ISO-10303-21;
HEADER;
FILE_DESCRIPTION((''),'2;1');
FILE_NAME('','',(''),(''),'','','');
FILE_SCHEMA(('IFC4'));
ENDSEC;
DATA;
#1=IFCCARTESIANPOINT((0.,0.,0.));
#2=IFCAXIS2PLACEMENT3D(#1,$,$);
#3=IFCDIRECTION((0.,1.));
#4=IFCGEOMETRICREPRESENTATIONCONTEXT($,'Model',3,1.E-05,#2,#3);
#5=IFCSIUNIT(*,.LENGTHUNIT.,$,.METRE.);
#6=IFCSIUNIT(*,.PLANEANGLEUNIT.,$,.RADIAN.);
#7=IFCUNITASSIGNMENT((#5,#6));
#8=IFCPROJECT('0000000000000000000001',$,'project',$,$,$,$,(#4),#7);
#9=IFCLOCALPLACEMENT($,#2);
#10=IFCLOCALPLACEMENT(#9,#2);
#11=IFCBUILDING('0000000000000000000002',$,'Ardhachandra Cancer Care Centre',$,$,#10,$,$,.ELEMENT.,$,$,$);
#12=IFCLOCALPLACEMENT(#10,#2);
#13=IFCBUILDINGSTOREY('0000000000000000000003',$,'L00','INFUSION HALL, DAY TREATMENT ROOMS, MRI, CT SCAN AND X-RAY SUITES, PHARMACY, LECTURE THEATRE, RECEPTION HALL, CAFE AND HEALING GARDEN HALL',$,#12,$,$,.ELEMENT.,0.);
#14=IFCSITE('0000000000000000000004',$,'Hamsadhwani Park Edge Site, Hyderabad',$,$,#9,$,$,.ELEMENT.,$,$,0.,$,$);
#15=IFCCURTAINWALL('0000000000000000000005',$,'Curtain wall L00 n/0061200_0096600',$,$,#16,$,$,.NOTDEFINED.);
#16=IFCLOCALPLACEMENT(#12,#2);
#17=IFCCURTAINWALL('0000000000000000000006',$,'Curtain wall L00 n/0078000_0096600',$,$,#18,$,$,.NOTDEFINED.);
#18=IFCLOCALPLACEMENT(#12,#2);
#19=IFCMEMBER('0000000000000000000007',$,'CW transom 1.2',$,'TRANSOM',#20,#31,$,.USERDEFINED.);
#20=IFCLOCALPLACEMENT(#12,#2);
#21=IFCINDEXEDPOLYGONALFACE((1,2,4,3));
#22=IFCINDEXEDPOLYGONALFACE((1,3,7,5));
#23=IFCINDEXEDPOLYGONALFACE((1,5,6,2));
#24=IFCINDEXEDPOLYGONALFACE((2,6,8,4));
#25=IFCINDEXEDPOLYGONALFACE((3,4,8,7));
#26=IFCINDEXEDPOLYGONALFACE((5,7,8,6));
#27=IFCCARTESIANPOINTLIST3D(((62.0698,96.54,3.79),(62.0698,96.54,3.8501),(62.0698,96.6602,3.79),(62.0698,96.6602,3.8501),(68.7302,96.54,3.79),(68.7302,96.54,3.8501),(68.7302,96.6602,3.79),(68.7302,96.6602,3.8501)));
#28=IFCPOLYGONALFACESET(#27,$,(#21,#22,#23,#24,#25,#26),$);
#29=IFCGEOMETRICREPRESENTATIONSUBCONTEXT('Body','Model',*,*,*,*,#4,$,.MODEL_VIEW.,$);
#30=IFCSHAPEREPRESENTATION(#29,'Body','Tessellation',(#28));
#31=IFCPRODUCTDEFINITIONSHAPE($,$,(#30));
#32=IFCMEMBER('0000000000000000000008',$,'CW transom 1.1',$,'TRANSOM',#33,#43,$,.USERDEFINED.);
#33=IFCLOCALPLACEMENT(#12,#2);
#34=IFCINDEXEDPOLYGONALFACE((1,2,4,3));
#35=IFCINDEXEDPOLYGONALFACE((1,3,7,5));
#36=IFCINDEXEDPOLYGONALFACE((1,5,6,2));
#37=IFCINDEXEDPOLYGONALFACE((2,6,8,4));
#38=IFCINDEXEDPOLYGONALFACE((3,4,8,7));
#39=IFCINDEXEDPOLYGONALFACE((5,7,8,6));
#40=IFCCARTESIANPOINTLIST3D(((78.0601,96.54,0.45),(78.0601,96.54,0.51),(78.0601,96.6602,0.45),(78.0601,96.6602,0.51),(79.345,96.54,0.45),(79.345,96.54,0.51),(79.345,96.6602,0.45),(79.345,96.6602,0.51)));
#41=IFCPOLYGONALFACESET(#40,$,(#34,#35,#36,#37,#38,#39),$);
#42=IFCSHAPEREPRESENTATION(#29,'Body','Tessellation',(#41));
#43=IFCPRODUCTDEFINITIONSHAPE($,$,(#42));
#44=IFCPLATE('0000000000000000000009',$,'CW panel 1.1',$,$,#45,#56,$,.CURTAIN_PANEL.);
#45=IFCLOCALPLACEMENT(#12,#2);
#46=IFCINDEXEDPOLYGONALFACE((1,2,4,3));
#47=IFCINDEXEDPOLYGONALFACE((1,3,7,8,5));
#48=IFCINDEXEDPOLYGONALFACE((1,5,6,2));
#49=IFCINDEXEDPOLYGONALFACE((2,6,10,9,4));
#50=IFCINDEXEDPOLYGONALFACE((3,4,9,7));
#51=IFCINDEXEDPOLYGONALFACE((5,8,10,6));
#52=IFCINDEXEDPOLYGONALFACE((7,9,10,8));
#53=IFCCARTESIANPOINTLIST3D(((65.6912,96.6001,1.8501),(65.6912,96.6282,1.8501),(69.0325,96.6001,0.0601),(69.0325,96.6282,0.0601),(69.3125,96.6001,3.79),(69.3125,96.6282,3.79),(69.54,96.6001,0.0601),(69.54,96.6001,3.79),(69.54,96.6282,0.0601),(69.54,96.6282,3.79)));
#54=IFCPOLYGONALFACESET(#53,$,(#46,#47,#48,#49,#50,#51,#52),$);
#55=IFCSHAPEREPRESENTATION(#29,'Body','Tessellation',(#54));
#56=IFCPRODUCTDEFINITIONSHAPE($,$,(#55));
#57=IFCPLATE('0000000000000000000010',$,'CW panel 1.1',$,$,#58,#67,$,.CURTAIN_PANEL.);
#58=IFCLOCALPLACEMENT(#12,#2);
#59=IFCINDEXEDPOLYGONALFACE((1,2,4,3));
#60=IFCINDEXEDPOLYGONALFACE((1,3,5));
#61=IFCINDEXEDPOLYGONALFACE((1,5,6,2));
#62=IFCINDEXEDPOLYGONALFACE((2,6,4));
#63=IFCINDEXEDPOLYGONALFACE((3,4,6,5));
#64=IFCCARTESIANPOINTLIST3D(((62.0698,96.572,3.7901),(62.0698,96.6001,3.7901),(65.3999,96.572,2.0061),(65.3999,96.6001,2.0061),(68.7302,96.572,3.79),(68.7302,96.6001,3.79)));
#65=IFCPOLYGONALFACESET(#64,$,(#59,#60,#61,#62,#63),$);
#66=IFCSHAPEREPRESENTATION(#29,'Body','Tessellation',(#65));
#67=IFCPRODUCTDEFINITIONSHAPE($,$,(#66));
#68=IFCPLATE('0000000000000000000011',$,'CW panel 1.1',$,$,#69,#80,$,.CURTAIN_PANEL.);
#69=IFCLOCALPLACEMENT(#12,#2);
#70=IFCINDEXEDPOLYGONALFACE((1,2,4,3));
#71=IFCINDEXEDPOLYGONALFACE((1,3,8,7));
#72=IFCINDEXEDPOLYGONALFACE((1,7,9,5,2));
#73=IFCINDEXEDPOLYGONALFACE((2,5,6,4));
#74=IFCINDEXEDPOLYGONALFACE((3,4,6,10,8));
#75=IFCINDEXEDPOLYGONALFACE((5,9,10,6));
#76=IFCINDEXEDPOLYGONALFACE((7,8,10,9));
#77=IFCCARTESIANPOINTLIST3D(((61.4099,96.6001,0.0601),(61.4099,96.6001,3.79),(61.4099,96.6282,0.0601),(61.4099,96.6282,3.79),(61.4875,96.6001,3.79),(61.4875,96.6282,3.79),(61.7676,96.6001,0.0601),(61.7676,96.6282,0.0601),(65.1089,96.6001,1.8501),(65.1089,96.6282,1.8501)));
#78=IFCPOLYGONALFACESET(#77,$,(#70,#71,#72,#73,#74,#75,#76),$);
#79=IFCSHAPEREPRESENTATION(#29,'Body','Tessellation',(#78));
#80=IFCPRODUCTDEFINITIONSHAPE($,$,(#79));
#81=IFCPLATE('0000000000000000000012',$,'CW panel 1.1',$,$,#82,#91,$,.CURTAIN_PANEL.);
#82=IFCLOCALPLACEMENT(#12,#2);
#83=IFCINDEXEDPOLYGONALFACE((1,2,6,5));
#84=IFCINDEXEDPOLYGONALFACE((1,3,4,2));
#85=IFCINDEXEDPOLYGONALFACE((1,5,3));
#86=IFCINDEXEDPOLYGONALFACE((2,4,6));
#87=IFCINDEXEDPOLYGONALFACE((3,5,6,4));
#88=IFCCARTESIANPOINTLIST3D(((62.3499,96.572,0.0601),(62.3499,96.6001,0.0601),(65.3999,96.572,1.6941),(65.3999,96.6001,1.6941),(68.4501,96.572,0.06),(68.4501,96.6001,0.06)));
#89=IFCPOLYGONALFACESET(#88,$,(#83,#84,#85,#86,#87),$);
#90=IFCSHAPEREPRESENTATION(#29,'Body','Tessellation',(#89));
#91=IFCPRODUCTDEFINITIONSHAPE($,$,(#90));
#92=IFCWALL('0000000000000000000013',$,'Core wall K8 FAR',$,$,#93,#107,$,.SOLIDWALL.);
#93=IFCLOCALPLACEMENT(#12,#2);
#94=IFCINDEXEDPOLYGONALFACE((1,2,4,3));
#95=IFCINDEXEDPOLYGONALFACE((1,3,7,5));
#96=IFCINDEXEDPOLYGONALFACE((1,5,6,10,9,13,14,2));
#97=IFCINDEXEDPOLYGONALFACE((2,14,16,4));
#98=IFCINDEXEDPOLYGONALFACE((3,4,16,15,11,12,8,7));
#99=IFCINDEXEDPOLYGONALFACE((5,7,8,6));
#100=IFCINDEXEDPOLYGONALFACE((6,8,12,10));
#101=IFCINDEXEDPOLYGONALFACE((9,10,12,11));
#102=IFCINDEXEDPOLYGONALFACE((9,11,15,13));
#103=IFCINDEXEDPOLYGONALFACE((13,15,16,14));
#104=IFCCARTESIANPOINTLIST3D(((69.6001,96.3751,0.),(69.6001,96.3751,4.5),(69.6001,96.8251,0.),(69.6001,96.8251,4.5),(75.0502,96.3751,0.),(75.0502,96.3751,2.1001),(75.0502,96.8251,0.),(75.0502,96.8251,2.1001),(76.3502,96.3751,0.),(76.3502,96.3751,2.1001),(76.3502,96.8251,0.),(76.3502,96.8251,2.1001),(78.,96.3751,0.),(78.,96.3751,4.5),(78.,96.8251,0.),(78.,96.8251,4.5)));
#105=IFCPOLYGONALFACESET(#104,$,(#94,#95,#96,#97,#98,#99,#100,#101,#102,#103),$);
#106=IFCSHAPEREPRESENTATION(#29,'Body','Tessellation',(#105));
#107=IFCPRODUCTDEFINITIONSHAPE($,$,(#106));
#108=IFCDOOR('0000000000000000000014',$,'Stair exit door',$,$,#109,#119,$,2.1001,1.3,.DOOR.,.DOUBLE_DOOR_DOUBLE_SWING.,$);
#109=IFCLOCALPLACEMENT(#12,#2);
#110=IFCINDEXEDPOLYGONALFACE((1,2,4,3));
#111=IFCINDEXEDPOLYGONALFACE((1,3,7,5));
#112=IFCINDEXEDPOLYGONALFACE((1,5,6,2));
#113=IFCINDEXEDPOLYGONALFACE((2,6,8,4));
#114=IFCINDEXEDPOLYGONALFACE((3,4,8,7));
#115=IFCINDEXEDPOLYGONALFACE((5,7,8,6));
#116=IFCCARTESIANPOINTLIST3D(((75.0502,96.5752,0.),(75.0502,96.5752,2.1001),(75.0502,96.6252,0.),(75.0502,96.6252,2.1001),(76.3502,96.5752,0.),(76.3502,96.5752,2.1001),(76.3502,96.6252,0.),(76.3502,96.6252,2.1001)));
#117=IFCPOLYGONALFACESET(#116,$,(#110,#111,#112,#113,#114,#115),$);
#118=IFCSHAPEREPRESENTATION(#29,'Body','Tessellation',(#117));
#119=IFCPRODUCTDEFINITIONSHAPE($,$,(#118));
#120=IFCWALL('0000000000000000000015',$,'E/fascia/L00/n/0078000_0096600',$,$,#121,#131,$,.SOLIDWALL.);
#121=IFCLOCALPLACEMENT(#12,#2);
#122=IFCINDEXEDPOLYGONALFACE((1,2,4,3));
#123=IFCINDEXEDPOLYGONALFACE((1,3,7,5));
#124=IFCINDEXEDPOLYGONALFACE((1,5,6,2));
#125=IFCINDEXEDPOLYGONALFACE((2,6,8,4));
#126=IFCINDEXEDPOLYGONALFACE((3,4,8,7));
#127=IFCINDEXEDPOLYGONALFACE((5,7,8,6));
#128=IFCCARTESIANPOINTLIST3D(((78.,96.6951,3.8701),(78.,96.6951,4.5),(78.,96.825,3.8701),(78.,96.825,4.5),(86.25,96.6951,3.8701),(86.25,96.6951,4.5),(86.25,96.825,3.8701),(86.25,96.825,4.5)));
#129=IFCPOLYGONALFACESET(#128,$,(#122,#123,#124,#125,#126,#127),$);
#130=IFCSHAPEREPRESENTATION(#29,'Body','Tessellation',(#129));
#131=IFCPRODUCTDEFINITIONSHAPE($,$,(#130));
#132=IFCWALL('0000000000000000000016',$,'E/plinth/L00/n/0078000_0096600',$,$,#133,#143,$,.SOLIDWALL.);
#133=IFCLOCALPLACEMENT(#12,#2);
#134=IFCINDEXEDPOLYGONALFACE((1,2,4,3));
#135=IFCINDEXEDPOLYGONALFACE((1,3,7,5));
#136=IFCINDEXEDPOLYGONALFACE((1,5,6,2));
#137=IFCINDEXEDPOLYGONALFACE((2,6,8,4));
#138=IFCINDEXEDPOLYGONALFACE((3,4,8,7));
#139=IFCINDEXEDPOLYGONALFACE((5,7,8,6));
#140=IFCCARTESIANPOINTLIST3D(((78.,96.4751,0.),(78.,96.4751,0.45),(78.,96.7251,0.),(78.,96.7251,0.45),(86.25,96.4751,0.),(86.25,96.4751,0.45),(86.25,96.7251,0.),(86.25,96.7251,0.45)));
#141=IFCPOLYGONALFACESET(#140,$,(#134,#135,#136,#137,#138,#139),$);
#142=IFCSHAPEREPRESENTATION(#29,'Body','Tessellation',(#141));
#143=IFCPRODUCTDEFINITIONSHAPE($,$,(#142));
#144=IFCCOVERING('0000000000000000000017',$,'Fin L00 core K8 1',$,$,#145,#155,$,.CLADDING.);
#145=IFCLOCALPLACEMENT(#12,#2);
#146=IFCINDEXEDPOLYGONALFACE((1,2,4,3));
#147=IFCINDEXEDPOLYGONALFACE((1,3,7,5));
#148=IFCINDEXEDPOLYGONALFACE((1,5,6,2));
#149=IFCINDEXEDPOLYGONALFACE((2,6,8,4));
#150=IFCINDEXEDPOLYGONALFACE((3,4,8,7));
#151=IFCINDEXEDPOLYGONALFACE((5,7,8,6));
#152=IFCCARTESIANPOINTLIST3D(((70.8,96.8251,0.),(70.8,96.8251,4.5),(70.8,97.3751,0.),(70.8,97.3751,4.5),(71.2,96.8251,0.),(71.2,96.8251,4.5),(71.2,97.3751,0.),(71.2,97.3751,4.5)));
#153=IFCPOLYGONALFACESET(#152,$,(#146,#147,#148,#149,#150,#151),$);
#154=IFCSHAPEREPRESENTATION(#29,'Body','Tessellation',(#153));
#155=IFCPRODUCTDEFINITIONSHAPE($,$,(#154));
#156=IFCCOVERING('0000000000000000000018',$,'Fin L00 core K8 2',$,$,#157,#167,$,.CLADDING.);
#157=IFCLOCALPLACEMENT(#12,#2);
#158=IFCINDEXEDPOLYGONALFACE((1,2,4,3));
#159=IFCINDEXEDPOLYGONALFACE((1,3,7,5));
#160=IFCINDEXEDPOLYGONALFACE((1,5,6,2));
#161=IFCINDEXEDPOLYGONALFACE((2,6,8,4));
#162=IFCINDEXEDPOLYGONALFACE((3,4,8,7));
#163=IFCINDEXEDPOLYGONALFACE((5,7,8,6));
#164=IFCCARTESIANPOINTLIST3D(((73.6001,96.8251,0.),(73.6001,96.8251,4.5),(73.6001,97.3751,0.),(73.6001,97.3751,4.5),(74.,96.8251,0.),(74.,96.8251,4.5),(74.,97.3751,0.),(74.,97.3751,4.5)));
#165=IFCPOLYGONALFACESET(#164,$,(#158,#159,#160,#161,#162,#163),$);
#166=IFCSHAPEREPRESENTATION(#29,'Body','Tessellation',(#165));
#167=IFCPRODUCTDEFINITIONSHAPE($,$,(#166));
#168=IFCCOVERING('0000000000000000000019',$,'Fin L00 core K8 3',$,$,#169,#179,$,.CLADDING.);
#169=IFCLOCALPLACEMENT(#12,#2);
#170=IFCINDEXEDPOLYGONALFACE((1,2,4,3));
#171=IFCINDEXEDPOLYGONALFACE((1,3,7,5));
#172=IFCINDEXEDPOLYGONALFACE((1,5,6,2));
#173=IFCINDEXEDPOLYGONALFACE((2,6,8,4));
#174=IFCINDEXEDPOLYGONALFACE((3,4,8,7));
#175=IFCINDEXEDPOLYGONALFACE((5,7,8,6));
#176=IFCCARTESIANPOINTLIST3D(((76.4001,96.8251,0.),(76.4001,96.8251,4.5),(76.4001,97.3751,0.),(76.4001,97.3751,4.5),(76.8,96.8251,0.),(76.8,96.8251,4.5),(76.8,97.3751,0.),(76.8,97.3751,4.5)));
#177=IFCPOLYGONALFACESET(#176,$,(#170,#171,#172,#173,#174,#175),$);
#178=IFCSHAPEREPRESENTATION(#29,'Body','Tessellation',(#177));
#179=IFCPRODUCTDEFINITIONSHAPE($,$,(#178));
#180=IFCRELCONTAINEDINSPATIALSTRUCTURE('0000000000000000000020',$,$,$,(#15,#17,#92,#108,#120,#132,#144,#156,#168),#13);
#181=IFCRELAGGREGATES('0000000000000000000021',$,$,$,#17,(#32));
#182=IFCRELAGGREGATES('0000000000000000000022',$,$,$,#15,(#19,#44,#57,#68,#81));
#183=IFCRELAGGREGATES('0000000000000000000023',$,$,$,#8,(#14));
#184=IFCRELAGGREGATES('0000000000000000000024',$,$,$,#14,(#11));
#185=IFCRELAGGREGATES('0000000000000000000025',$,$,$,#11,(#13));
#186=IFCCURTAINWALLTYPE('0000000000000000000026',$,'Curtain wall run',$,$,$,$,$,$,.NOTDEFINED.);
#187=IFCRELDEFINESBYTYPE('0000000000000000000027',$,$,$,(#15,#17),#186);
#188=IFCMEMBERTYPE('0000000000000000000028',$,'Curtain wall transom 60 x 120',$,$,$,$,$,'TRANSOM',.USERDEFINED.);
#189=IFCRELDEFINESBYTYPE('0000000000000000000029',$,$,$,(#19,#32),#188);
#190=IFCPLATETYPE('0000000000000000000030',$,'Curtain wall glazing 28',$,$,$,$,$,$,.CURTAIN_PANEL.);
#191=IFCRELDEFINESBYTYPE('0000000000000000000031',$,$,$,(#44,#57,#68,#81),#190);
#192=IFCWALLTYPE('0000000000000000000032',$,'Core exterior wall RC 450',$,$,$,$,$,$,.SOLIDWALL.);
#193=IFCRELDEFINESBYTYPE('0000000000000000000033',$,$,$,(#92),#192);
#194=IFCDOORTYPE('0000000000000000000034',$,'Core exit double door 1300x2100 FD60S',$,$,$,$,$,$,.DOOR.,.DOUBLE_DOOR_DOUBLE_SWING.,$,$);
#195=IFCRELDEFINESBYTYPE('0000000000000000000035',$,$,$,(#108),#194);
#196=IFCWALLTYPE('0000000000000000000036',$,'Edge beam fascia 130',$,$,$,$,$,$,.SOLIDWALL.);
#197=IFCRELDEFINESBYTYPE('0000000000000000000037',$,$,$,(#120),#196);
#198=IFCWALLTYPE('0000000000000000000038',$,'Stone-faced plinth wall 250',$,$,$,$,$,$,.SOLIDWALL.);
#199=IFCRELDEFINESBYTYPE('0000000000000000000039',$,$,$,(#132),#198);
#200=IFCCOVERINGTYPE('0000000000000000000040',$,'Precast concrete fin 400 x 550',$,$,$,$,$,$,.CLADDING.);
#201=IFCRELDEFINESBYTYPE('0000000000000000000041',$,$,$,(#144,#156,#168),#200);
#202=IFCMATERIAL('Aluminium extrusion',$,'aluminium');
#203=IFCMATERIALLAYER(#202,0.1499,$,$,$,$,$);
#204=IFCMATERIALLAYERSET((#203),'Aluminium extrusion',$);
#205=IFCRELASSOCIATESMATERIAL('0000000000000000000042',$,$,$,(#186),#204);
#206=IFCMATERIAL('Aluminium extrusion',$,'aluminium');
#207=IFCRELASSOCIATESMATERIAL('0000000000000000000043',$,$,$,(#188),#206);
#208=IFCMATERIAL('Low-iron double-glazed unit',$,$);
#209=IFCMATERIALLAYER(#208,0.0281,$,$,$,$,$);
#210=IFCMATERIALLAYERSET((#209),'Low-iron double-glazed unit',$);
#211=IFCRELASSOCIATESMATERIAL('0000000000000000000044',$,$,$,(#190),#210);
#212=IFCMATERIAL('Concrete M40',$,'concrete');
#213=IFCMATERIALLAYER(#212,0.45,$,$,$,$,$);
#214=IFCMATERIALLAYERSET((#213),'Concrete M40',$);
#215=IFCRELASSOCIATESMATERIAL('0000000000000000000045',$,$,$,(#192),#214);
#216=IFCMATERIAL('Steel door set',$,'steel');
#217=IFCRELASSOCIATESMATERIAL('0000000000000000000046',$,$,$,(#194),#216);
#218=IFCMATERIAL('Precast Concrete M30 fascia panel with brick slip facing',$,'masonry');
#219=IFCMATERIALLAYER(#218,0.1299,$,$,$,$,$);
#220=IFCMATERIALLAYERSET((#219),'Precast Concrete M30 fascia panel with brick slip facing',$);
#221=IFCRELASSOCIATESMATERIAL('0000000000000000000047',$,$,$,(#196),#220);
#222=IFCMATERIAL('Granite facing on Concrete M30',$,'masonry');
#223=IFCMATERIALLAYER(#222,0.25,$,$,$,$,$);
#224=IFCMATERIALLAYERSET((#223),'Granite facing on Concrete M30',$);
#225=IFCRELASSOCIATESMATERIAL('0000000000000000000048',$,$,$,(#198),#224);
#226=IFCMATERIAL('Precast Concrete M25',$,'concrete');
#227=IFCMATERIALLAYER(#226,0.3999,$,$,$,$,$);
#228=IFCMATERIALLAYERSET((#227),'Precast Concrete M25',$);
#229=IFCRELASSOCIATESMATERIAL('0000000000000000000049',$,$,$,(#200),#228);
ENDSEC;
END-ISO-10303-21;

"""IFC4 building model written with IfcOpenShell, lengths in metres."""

from ifc_helpers import new_model, si_unit, direction, frame, frame_2d, origin, origin_2d, place, context, subcontext, project, spatial, polyline, rectangle, outline, extrude, material, layer, layer_set, material_profile, profile_set, type_object, element, fill, aggregate, save


model = new_model("IFC4")

# Units and contexts
model_context = context("Model", 3, precision=1e-05, world=origin(), true_north=direction((0.0, 1.0)))
body_context = subcontext(model_context, "Body", "Model", "MODEL_VIEW")
ifc_project = project(units=[si_unit("LENGTHUNIT", "METRE"), si_unit("PLANEANGLEUNIT", "RADIAN")], contexts=[model_context])

# Site, building, storey
site_placement = place(None, origin())
site = spatial("IfcSite", under=ifc_project, at=site_placement, Name="Hamsadhwani Park Edge Site, Hyderabad", CompositionType="ELEMENT", RefElevation=0.0)
building_placement = place(site_placement, origin())
building = spatial("IfcBuilding", under=site, at=building_placement, Name="Ardhachandra Cancer Care Centre", CompositionType="ELEMENT")
storey_placement = place(building_placement, origin())
storey = spatial("IfcBuildingStorey", under=building, at=storey_placement, Name="L00", Description="INFUSION HALL, DAY TREATMENT ROOMS, MRI, CT SCAN AND X-RAY SUITES, PHARMACY, LECTURE THEATRE, RECEPTION HALL, CAFE AND HEALING GARDEN HALL", CompositionType="ELEMENT", Elevation=0.0)

# Curtain wall
ifc_material_1 = material(Name="Aluminium extrusion", Category="aluminium")
ifc_layer_1 = layer(ifc_material_1, 0.1499)
ifc_layer_set_1 = layer_set([ifc_layer_1], Name="Aluminium extrusion")
curtain_wall_type = type_object("IfcCurtainWallType", Name="Curtain wall run", PredefinedType="NOTDEFINED", material=ifc_layer_set_1)
curtain_wall_1_placement = place(storey_placement, origin())
curtain_wall_1 = element("IfcCurtainWall", 1, at=curtain_wall_1_placement, inside=storey, type_object=curtain_wall_type, Name="Curtain wall L00 n/0061200_0096600", PredefinedType="NOTDEFINED")

# Curtain wall
curtain_wall_2_placement = place(storey_placement, origin())
curtain_wall_2 = element("IfcCurtainWall", 2, at=curtain_wall_2_placement, inside=storey, type_object=curtain_wall_type, Name="Curtain wall L00 n/0078000_0096600", PredefinedType="NOTDEFINED")

# Members
ifc_material_2 = material(Name="Aluminium extrusion", Category="aluminium")
ifc_material_profile_1 = material_profile(ifc_material_2, rectangle(XDim=0.1201, YDim=0.0601, at=origin_2d()), Name="Curtain wall transom 60 x 120")
ifc_profile_set_1 = profile_set([ifc_material_profile_1], Name="Aluminium extrusion")
member_type_1 = type_object("IfcMemberType", Name="Curtain wall transom 60 x 120", ElementType="TRANSOM", PredefinedType="USERDEFINED", material=ifc_profile_set_1)
member_1_placement = place(storey_placement, frame((62.0698, 96.6001, 3.8201), z_axis=(1.0, 0.0, 0.0), x_axis=(0.0, 1.0, 0.0)))
member_1 = element("IfcMember", 3, at=member_1_placement, type_object=member_type_1, Name="CW transom 1.2", ObjectType="TRANSOM", PredefinedType="USERDEFINED", context=body_context, shape_type="SweptSolid", body=[
    extrude(rectangle(XDim=0.1201, YDim=0.0601, at=origin_2d()), origin(), (0.0, 0.0, 1.0), 6.6604),
])
member_2_placement = place(storey_placement, frame((78.0601, 96.6001, 0.48), z_axis=(1.0, 0.0, 0.0), x_axis=(0.0, 1.0, 0.0)))
member_2 = element("IfcMember", 4, at=member_2_placement, type_object=member_type_1, Name="CW transom 1.1", ObjectType="TRANSOM", PredefinedType="USERDEFINED", context=body_context, shape_type="SweptSolid", body=[
    extrude(rectangle(XDim=0.1201, YDim=0.0601, at=origin_2d()), origin(), (0.0, 0.0, 1.0), 1.2849),
])
aggregate(curtain_wall_2, [member_2])

# Plates
ifc_material_3 = material(Name="Low-iron double-glazed unit")
ifc_layer_2 = layer(ifc_material_3, 0.0281)
ifc_layer_set_2 = layer_set([ifc_layer_2], Name="Low-iron double-glazed unit")
plate_type = type_object("IfcPlateType", Name="Curtain wall glazing 28", PredefinedType="CURTAIN_PANEL", material=ifc_layer_set_2)
plate_1_placement = place(storey_placement, frame((69.54, 96.6001, 3.79), z_axis=(0.0, 1.0, 0.0), x_axis=(0.0, 0.0, -1.0)))
plate_1 = element("IfcPlate", 5, at=plate_1_placement, type_object=plate_type, Name="CW panel 1.1", PredefinedType="CURTAIN_PANEL", context=body_context, shape_type="SweptSolid", body=[
    extrude(outline(polyline([(0.0, 0.0), (3.73, 0.0), (3.73, 0.5076), (1.9399, 3.8489), (0.0, 0.2275), (0.0, 0.0)])), origin(), (0.0, 0.0, 1.0), 0.0281),
])
plate_2_placement = place(storey_placement, frame((68.7302, 96.6001, 3.79), z_axis=(0.0, 1.0, 0.0), x_axis=(-0.881498, 0.0, -0.472187)))
plate_2 = element("IfcPlate", 6, at=plate_2_placement, type_object=plate_type, Name="CW panel 1.1", PredefinedType="CURTAIN_PANEL", context=body_context, shape_type="SweptSolid", body=[
    extrude(outline(polyline([(0.0, 0.0), (3.7781, 0.0), (5.8711, 3.145), (0.0, 0.0)])), frame((0.0, 0.0, -0.0281)), (0.0, 0.0, 1.0), 0.0281),
])
plate_3_placement = place(storey_placement, frame((61.4099, 96.6001, 0.0601), z_axis=(0.0, 1.0, 0.0), x_axis=(0.0, 0.0, 1.0)))
plate_3 = element("IfcPlate", 7, at=plate_3_placement, type_object=plate_type, Name="CW panel 1.1", PredefinedType="CURTAIN_PANEL", context=body_context, shape_type="SweptSolid", body=[
    extrude(outline(polyline([(0.0, 0.0), (3.73, 0.0), (3.73, 0.0776), (1.79, 3.699), (0.0, 0.3577), (0.0, 0.0)])), origin(), (0.0, 0.0, 1.0), 0.0281),
])
plate_4_placement = place(storey_placement, frame((62.3499, 96.6001, 0.0601), z_axis=(0.0, 1.0, 0.0), x_axis=(0.881471, 0.0, 0.472239)))
plate_4 = element("IfcPlate", 8, at=plate_4_placement, type_object=plate_type, Name="CW panel 1.1", PredefinedType="CURTAIN_PANEL", context=body_context, shape_type="SweptSolid", body=[
    extrude(outline(polyline([(0.0, 0.0), (3.4602, 0.0), (5.3772, 2.8809), (0.0, 0.0)])), frame((0.0, 0.0, -0.0281)), (0.0, 0.0, 1.0), 0.0281),
])
aggregate(curtain_wall_1, [member_1, plate_1, plate_2, plate_3, plate_4])

# Wall, opening, door
ifc_material_4 = material(Name="Concrete M40", Category="concrete")
ifc_layer_3 = layer(ifc_material_4, 0.45)
ifc_layer_set_3 = layer_set([ifc_layer_3], Name="Concrete M40")
wall_type_1 = type_object("IfcWallType", Name="Core exterior wall RC 450", PredefinedType="SOLIDWALL", material=ifc_layer_set_3)
wall_1_placement = place(storey_placement, frame((78.0, 96.6001, 0.0), z_axis=(0.0, 0.0, 1.0), x_axis=(-1.0, 0.0, 0.0)))
wall_1 = element("IfcWall", 9, at=wall_1_placement, inside=storey, type_object=wall_type_1, Name="Core wall K8 FAR", PredefinedType="SOLIDWALL", context=body_context, shape_type="SweptSolid", body=[
    extrude(rectangle(XDim=8.3999, YDim=0.45, at=frame_2d((4.2, 0.0))), origin(), (0.0, 0.0, 1.0), 4.5),
])
opening_placement = place(wall_1_placement, frame((1.6499, 0.0, 0.0)))
opening = element("IfcOpeningElement", 10, at=opening_placement, cuts=wall_1, PredefinedType="OPENING", context=body_context, shape_type="SweptSolid", body=[
    extrude(rectangle(XDim=1.3, YDim=2.1001, at=frame_2d((0.6499, 1.05))), frame((0.0, 0.2349, 0.0), z_axis=(0.0, -1.0, 0.0), x_axis=(1.0, 0.0, 0.0)), (0.0, 0.0, 1.0), 0.47),
])
ifc_material_5 = material(Name="Steel door set", Category="steel")
door_type = type_object("IfcDoorType", Name="Core exit double door 1300x2100 FD60S", OperationType="DOUBLE_DOOR_DOUBLE_SWING", PredefinedType="DOOR", material=ifc_material_5)
door_placement = place(opening_placement, origin())
door = element("IfcDoor", 11, at=door_placement, inside=storey, type_object=door_type, Name="Stair exit door", OperationType="DOUBLE_DOOR_DOUBLE_SWING", OverallHeight=2.1001, OverallWidth=1.3, PredefinedType="DOOR", context=body_context, shape_type="SweptSolid", body=[
    extrude(rectangle(XDim=1.3, YDim=2.1001, at=frame_2d((0.6499, 1.05))), frame((0.0, 0.0249, 0.0), z_axis=(0.0, -1.0, 0.0), x_axis=(1.0, 0.0, 0.0)), (0.0, 0.0, 1.0), 0.05),
])
fill(opening, door)

# Walls
ifc_material_6 = material(Name="Precast Concrete M30 fascia panel with brick slip facing", Category="masonry")
ifc_layer_4 = layer(ifc_material_6, 0.1299)
ifc_layer_set_4 = layer_set([ifc_layer_4], Name="Precast Concrete M30 fascia panel with brick slip facing")
wall_type_2 = type_object("IfcWallType", Name="Edge beam fascia 130", PredefinedType="SOLIDWALL", material=ifc_layer_set_4)
wall_2_placement = place(storey_placement, frame((78.0, 96.76, 3.8701), z_axis=(0.0, 0.0, 1.0), x_axis=(1.0, 0.0, 0.0)))
element("IfcWall", 12, at=wall_2_placement, inside=storey, type_object=wall_type_2, Name="E/fascia/L00/n/0078000_0096600", PredefinedType="SOLIDWALL", context=body_context, shape_type="SweptSolid", body=[
    extrude(rectangle(XDim=8.25, YDim=0.1299, at=frame_2d((4.125, 0.0))), origin(), (0.0, 0.0, 1.0), 0.6299),
])
ifc_material_7 = material(Name="Granite facing on Concrete M30", Category="masonry")
ifc_layer_5 = layer(ifc_material_7, 0.25)
ifc_layer_set_5 = layer_set([ifc_layer_5], Name="Granite facing on Concrete M30")
wall_type_3 = type_object("IfcWallType", Name="Stone-faced plinth wall 250", PredefinedType="SOLIDWALL", material=ifc_layer_set_5)
wall_3_placement = place(storey_placement, frame((78.0, 96.6001, 0.0), z_axis=(0.0, 0.0, 1.0), x_axis=(1.0, 0.0, 0.0)))
element("IfcWall", 13, at=wall_3_placement, inside=storey, type_object=wall_type_3, Name="E/plinth/L00/n/0078000_0096600", PredefinedType="SOLIDWALL", context=body_context, shape_type="SweptSolid", body=[
    extrude(rectangle(XDim=8.25, YDim=0.25, at=frame_2d((4.125, 0.0))), origin(), (0.0, 0.0, 1.0), 0.45),
])

# Coverings
ifc_material_8 = material(Name="Precast Concrete M25", Category="concrete")
ifc_layer_6 = layer(ifc_material_8, 0.3999)
ifc_layer_set_6 = layer_set([ifc_layer_6], Name="Precast Concrete M25")
covering_type = type_object("IfcCoveringType", Name="Precast concrete fin 400 x 550", PredefinedType="CLADDING", material=ifc_layer_set_6)
for number, where, z_axis, x_axis, name in (
    (14, (71.0, 97.1001, 0.0), (0.0, 0.0, 1.0), (1.0, 0.0, 0.0), "Fin L00 core K8 1"),
    (15, (73.8, 97.1001, 0.0), (0.0, 0.0, 1.0), (1.0, 0.0, 0.0), "Fin L00 core K8 2"),
    (16, (76.6001, 97.1001, 0.0), (0.0, 0.0, 1.0), (1.0, 0.0, 0.0), "Fin L00 core K8 3"),
):
    element("IfcCovering", number, at=place(storey_placement, frame(where, z_axis=z_axis, x_axis=x_axis)), inside=storey, type_object=covering_type, Name=name, PredefinedType="CLADDING", context=body_context, shape_type="SweptSolid", body=[
        extrude(rectangle(XDim=0.3999, YDim=0.55, at=origin_2d()), origin(), (0.0, 0.0, 1.0), 4.5),
    ])

save(model, "model.ifc")
